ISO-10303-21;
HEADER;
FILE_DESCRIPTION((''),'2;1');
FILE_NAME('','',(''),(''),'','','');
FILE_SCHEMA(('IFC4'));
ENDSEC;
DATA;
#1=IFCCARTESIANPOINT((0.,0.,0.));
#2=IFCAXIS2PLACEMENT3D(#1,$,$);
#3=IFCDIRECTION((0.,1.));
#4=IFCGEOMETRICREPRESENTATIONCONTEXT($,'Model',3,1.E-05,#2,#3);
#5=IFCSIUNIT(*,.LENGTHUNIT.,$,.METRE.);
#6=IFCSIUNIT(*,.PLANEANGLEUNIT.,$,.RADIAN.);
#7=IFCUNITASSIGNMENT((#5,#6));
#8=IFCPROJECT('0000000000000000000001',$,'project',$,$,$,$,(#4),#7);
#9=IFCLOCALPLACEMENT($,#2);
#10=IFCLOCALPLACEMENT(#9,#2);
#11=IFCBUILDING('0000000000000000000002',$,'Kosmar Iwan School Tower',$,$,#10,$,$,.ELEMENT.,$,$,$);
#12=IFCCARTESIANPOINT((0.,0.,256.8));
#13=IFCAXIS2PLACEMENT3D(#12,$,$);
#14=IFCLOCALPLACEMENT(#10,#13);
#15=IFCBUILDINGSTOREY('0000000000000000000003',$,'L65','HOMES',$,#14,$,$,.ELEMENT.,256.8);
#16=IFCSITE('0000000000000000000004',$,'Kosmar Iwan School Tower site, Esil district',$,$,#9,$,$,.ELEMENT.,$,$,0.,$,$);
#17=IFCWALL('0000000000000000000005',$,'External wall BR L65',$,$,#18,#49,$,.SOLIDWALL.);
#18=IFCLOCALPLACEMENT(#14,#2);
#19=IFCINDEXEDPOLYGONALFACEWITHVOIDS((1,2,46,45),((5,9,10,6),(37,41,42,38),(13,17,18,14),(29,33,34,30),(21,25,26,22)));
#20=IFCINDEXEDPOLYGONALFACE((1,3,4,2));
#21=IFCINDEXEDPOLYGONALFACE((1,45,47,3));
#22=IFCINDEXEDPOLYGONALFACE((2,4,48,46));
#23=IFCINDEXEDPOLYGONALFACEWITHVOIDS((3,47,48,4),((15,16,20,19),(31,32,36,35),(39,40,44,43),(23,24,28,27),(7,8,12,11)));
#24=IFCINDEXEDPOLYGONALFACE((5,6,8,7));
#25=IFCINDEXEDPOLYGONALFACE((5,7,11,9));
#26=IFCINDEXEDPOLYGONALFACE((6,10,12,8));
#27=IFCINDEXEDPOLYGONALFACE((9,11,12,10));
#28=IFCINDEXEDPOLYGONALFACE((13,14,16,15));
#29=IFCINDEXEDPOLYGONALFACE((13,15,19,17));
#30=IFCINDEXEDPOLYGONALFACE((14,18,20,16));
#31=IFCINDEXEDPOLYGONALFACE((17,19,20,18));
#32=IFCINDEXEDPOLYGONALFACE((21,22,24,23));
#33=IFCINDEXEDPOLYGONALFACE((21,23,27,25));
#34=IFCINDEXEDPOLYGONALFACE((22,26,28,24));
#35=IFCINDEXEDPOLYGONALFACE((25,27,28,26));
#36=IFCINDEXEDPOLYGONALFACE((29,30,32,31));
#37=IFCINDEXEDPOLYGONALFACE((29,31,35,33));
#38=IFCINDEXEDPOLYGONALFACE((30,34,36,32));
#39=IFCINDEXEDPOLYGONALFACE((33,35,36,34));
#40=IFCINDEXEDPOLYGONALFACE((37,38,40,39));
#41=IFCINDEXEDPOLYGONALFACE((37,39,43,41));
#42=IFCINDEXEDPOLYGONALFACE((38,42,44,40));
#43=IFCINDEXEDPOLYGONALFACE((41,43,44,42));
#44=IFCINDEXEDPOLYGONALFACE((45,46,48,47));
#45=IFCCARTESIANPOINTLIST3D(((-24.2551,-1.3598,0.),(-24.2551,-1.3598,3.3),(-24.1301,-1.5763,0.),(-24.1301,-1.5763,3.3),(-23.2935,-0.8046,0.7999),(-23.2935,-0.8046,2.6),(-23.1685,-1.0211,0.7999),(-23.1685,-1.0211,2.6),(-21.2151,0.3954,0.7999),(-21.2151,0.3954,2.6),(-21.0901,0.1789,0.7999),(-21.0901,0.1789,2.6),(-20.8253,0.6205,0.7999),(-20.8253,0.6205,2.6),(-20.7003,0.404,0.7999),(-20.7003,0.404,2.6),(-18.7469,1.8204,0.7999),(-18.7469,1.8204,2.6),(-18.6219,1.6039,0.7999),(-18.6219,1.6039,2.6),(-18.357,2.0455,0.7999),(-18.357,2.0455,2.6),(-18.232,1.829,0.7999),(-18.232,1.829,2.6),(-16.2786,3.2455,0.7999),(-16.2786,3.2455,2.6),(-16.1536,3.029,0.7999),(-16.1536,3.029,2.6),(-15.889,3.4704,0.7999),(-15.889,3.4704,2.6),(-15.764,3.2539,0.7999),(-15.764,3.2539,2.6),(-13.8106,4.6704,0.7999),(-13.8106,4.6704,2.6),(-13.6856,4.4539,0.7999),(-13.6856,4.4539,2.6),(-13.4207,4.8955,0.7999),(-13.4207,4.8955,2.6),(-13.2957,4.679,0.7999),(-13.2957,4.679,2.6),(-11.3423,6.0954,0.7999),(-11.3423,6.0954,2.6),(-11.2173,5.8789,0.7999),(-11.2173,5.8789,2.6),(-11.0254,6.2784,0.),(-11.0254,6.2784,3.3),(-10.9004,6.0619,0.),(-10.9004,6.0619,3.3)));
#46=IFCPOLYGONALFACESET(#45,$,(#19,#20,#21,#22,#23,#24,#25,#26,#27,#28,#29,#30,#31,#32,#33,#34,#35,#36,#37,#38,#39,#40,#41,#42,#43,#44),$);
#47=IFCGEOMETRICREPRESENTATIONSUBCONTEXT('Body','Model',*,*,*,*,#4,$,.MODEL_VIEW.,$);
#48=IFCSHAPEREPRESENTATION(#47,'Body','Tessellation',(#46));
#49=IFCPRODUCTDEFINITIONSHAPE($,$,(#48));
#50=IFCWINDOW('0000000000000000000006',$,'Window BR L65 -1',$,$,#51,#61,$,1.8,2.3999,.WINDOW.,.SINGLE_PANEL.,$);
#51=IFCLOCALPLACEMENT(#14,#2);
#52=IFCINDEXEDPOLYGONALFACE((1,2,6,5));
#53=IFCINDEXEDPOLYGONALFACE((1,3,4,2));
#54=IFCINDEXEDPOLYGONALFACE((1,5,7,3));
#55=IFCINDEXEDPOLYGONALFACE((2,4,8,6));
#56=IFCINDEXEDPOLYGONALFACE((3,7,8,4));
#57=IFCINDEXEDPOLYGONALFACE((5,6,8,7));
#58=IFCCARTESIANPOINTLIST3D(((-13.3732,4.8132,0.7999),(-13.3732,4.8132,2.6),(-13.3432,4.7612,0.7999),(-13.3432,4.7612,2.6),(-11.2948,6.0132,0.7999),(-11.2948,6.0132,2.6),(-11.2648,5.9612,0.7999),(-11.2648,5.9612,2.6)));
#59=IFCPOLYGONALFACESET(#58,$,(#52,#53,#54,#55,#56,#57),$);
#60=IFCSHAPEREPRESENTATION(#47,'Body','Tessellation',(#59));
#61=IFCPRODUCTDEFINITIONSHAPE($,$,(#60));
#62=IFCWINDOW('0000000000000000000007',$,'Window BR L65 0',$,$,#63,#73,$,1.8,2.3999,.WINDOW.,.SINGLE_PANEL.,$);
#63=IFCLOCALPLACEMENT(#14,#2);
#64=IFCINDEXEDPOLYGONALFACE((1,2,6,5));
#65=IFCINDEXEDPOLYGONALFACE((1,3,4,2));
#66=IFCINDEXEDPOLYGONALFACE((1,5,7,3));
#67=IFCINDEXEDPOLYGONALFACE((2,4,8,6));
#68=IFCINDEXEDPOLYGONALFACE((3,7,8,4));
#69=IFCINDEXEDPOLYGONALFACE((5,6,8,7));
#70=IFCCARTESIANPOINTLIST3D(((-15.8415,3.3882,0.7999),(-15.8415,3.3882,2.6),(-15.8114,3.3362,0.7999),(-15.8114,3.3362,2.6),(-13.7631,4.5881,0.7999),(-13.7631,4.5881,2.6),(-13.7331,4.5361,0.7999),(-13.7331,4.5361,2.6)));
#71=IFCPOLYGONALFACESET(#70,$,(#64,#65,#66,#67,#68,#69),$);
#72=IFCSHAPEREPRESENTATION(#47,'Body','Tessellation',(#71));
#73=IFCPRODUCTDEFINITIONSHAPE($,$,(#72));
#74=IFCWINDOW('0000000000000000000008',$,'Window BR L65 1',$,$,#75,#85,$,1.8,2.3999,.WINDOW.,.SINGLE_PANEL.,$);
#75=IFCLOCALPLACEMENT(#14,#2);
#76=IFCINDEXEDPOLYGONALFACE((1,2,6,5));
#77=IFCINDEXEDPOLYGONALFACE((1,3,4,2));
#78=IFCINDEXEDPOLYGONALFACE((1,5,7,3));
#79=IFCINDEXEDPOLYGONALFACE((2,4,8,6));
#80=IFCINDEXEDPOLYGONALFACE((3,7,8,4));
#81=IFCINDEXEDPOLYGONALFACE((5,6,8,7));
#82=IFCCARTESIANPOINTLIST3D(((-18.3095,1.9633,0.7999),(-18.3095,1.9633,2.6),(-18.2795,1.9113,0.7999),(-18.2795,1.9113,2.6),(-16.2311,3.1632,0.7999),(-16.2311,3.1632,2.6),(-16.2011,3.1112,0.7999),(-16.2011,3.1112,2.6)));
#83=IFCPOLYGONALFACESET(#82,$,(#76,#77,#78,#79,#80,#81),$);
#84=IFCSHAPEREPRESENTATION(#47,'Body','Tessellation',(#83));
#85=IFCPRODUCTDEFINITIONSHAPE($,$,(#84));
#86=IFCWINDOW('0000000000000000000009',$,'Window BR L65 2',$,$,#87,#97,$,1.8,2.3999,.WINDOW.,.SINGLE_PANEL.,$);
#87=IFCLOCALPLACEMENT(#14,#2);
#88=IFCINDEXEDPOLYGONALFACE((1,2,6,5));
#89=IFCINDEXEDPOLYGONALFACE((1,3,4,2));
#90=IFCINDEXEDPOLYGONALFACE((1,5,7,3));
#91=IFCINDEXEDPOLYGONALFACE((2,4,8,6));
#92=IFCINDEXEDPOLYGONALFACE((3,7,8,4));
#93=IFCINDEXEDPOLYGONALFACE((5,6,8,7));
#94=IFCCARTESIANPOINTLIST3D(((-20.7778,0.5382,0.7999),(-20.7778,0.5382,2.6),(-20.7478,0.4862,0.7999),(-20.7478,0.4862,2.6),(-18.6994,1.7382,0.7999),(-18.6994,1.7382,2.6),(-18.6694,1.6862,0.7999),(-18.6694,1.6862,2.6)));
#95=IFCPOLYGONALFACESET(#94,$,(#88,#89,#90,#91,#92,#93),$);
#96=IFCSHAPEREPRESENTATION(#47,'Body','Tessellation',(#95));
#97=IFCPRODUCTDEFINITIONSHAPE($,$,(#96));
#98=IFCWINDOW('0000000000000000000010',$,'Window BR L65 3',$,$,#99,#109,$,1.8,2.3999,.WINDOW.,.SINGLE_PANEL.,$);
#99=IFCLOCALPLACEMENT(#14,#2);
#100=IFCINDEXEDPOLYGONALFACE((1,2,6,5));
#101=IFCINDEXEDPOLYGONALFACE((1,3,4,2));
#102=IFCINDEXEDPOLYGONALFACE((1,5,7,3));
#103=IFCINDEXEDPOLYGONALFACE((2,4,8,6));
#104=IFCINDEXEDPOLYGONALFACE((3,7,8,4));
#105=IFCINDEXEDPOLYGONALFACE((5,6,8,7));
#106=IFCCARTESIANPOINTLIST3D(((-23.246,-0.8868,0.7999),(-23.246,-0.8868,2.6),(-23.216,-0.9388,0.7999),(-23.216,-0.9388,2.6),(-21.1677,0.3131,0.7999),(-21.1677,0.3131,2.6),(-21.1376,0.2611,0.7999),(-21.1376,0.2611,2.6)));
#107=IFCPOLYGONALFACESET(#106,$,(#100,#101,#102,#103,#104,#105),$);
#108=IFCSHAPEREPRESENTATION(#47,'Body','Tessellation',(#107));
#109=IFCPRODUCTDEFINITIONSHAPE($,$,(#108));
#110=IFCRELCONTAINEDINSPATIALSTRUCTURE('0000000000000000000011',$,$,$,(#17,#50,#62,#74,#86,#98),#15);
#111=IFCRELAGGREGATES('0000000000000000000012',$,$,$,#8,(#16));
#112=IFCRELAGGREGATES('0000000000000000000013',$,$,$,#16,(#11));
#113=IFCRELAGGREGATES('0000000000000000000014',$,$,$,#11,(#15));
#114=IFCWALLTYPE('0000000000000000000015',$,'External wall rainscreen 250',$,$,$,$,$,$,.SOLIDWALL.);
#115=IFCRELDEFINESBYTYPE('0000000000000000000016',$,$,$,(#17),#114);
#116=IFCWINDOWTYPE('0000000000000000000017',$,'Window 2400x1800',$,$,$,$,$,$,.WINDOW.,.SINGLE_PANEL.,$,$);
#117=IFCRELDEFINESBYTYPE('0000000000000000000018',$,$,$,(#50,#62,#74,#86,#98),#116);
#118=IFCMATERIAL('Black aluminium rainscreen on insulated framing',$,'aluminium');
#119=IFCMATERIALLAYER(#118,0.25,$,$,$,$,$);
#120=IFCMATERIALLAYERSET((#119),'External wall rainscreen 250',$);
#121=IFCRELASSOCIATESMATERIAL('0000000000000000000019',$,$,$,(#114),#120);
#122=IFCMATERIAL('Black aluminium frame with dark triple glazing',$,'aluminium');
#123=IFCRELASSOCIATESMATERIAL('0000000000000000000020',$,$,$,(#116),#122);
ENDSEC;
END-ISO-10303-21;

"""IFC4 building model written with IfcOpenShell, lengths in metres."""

from ifc_helpers import new_model, si_unit, direction, frame, frame_2d, origin, place, context, subcontext, project, spatial, rectangle, extrude, material, layer, layer_set, type_object, element, fill, save


model = new_model("IFC4")

# Units and contexts
model_context = context("Model", 3, precision=1e-05, world=origin(), true_north=direction((0.0, 1.0)))
body_context = subcontext(model_context, "Body", "Model", "MODEL_VIEW")
ifc_project = project(units=[si_unit("LENGTHUNIT", "METRE"), si_unit("PLANEANGLEUNIT", "RADIAN")], contexts=[model_context])

# Site, building, storey
site_placement = place(None, origin())
site = spatial("IfcSite", under=ifc_project, at=site_placement, Name="Kosmar Iwan School Tower site, Esil district", CompositionType="ELEMENT", RefElevation=0.0)
building_placement = place(site_placement, origin())
building = spatial("IfcBuilding", under=site, at=building_placement, Name="Kosmar Iwan School Tower", CompositionType="ELEMENT")
storey_placement = place(building_placement, frame((0.0, 0.0, 256.8)))
storey = spatial("IfcBuildingStorey", under=building, at=storey_placement, Name="L65", Description="HOMES", CompositionType="ELEMENT", Elevation=256.8)

# Wall, openings, windows
ifc_material_1 = material(Name="Black aluminium rainscreen on insulated framing", Category="aluminium")
ifc_layer_1 = layer(ifc_material_1, 0.25)
ifc_layer_set_1 = layer_set([ifc_layer_1], Name="External wall rainscreen 250")
wall_type_1 = type_object("IfcWallType", Name="External wall rainscreen 250", PredefinedType="SOLIDWALL", material=ifc_layer_set_1)
ifc_material_2 = material(Name="Black aluminium frame with dark triple glazing", Category="aluminium")
window_type = type_object("IfcWindowType", Name="Window 2400x1800", PartitioningType="SINGLE_PANEL", PredefinedType="WINDOW", material=ifc_material_2)
wall_1_placement = place(storey_placement, frame((-10.9629, 6.1702, 0.0), z_axis=(0.0, 0.0, 1.0), x_axis=(-0.866026, -0.5, 0.0)))
wall_1 = element("IfcWall", 1, at=wall_1_placement, inside=storey, type_object=wall_type_1, Name="External wall BR L65", PredefinedType="SOLIDWALL", context=body_context, shape_type="SweptSolid", body=[
    extrude(rectangle(XDim=15.2764, YDim=0.25, at=frame_2d((7.6382, 0.0))), origin(), (0.0, 0.0, 1.0), 3.3),
])
opening_1_placement = place(wall_1_placement, frame((0.366, 0.0, 0.8)))
opening_1 = element("IfcOpeningElement", 2, at=opening_1_placement, cuts=wall_1, PredefinedType="OPENING", context=body_context, shape_type="SweptSolid", body=[
    extrude(rectangle(XDim=2.3999, YDim=1.8, at=frame_2d((1.2, 0.8999))), frame((0.0, 0.137, 0.0), z_axis=(0.0, -1.0, 0.0), x_axis=(1.0, 0.0, 0.0)), (0.0, 0.0, 1.0), 0.2739),
])
opening_2_placement = place(wall_1_placement, frame((3.2161, 0.0, 0.8)))
opening_2 = element("IfcOpeningElement", 3, at=opening_2_placement, cuts=wall_1, PredefinedType="OPENING", context=body_context, shape_type="SweptSolid", body=[
    extrude(rectangle(XDim=2.3999, YDim=1.8, at=frame_2d((1.2, 0.8999))), frame((0.0, 0.137, 0.0), z_axis=(0.0, -1.0, 0.0), x_axis=(1.0, 0.0, 0.0)), (0.0, 0.0, 1.0), 0.2739),
])
opening_3_placement = place(wall_1_placement, frame((6.0659, 0.0, 0.8)))
opening_3 = element("IfcOpeningElement", 4, at=opening_3_placement, cuts=wall_1, PredefinedType="OPENING", context=body_context, shape_type="SweptSolid", body=[
    extrude(rectangle(XDim=2.3999, YDim=1.8, at=frame_2d((1.2, 0.8999))), frame((0.0, 0.137, 0.0), z_axis=(0.0, -1.0, 0.0), x_axis=(1.0, 0.0, 0.0)), (0.0, 0.0, 1.0), 0.2739),
])
opening_4_placement = place(wall_1_placement, frame((8.916, 0.0, 0.8)))
opening_4 = element("IfcOpeningElement", 5, at=opening_4_placement, cuts=wall_1, PredefinedType="OPENING", context=body_context, shape_type="SweptSolid", body=[
    extrude(rectangle(XDim=2.3999, YDim=1.8, at=frame_2d((1.2, 0.8999))), frame((0.0, 0.137, 0.0), z_axis=(0.0, -1.0, 0.0), x_axis=(1.0, 0.0, 0.0)), (0.0, 0.0, 1.0), 0.2739),
])
opening_5_placement = place(wall_1_placement, frame((11.7661, 0.0, 0.8)))
opening_5 = element("IfcOpeningElement", 6, at=opening_5_placement, cuts=wall_1, PredefinedType="OPENING", context=body_context, shape_type="SweptSolid", body=[
    extrude(rectangle(XDim=2.3999, YDim=1.8, at=frame_2d((1.2, 0.8999))), frame((0.0, 0.137, 0.0), z_axis=(0.0, -1.0, 0.0), x_axis=(1.0, 0.0, 0.0)), (0.0, 0.0, 1.0), 0.2739),
])
window_1_placement = place(opening_1_placement, origin())
window_1 = element("IfcWindow", 7, at=window_1_placement, inside=storey, type_object=window_type, Name="Window BR L65 -1", OverallHeight=1.8, OverallWidth=2.3999, PartitioningType="SINGLE_PANEL", PredefinedType="WINDOW", context=body_context, shape_type="SweptSolid", body=[
    extrude(rectangle(XDim=2.3999, YDim=1.8, at=frame_2d((1.2, 0.8999))), frame((0.0, 0.03, 0.0), z_axis=(0.0, -1.0, 0.0), x_axis=(1.0, 0.0, 0.0)), (0.0, 0.0, 1.0), 0.0601),
])
fill(opening_1, window_1)
window_2_placement = place(opening_2_placement, origin())
window_2 = element("IfcWindow", 8, at=window_2_placement, inside=storey, type_object=window_type, Name="Window BR L65 0", OverallHeight=1.8, OverallWidth=2.3999, PartitioningType="SINGLE_PANEL", PredefinedType="WINDOW", context=body_context, shape_type="SweptSolid", body=[
    extrude(rectangle(XDim=2.3999, YDim=1.8, at=frame_2d((1.2, 0.8999))), frame((0.0, 0.03, 0.0), z_axis=(0.0, -1.0, 0.0), x_axis=(1.0, 0.0, 0.0)), (0.0, 0.0, 1.0), 0.0601),
])
fill(opening_2, window_2)
window_3_placement = place(opening_3_placement, origin())
window_3 = element("IfcWindow", 9, at=window_3_placement, inside=storey, type_object=window_type, Name="Window BR L65 1", OverallHeight=1.8, OverallWidth=2.3999, PartitioningType="SINGLE_PANEL", PredefinedType="WINDOW", context=body_context, shape_type="SweptSolid", body=[
    extrude(rectangle(XDim=2.3999, YDim=1.8, at=frame_2d((1.2, 0.8999))), frame((0.0, 0.03, 0.0), z_axis=(0.0, -1.0, 0.0), x_axis=(1.0, 0.0, 0.0)), (0.0, 0.0, 1.0), 0.0601),
])
fill(opening_3, window_3)
window_4_placement = place(opening_4_placement, origin())
window_4 = element("IfcWindow", 10, at=window_4_placement, inside=storey, type_object=window_type, Name="Window BR L65 2", OverallHeight=1.8, OverallWidth=2.3999, PartitioningType="SINGLE_PANEL", PredefinedType="WINDOW", context=body_context, shape_type="SweptSolid", body=[
    extrude(rectangle(XDim=2.3999, YDim=1.8, at=frame_2d((1.2, 0.8999))), frame((0.0, 0.03, 0.0), z_axis=(0.0, -1.0, 0.0), x_axis=(1.0, 0.0, 0.0)), (0.0, 0.0, 1.0), 0.0601),
])
fill(opening_4, window_4)
window_5_placement = place(opening_5_placement, origin())
window_5 = element("IfcWindow", 11, at=window_5_placement, inside=storey, type_object=window_type, Name="Window BR L65 3", OverallHeight=1.8, OverallWidth=2.3999, PartitioningType="SINGLE_PANEL", PredefinedType="WINDOW", context=body_context, shape_type="SweptSolid", body=[
    extrude(rectangle(XDim=2.3999, YDim=1.8, at=frame_2d((1.2, 0.8999))), frame((0.0, 0.03, 0.0), z_axis=(0.0, -1.0, 0.0), x_axis=(1.0, 0.0, 0.0)), (0.0, 0.0, 1.0), 0.0601),
])
fill(opening_5, window_5)

save(model, "model.ifc")
